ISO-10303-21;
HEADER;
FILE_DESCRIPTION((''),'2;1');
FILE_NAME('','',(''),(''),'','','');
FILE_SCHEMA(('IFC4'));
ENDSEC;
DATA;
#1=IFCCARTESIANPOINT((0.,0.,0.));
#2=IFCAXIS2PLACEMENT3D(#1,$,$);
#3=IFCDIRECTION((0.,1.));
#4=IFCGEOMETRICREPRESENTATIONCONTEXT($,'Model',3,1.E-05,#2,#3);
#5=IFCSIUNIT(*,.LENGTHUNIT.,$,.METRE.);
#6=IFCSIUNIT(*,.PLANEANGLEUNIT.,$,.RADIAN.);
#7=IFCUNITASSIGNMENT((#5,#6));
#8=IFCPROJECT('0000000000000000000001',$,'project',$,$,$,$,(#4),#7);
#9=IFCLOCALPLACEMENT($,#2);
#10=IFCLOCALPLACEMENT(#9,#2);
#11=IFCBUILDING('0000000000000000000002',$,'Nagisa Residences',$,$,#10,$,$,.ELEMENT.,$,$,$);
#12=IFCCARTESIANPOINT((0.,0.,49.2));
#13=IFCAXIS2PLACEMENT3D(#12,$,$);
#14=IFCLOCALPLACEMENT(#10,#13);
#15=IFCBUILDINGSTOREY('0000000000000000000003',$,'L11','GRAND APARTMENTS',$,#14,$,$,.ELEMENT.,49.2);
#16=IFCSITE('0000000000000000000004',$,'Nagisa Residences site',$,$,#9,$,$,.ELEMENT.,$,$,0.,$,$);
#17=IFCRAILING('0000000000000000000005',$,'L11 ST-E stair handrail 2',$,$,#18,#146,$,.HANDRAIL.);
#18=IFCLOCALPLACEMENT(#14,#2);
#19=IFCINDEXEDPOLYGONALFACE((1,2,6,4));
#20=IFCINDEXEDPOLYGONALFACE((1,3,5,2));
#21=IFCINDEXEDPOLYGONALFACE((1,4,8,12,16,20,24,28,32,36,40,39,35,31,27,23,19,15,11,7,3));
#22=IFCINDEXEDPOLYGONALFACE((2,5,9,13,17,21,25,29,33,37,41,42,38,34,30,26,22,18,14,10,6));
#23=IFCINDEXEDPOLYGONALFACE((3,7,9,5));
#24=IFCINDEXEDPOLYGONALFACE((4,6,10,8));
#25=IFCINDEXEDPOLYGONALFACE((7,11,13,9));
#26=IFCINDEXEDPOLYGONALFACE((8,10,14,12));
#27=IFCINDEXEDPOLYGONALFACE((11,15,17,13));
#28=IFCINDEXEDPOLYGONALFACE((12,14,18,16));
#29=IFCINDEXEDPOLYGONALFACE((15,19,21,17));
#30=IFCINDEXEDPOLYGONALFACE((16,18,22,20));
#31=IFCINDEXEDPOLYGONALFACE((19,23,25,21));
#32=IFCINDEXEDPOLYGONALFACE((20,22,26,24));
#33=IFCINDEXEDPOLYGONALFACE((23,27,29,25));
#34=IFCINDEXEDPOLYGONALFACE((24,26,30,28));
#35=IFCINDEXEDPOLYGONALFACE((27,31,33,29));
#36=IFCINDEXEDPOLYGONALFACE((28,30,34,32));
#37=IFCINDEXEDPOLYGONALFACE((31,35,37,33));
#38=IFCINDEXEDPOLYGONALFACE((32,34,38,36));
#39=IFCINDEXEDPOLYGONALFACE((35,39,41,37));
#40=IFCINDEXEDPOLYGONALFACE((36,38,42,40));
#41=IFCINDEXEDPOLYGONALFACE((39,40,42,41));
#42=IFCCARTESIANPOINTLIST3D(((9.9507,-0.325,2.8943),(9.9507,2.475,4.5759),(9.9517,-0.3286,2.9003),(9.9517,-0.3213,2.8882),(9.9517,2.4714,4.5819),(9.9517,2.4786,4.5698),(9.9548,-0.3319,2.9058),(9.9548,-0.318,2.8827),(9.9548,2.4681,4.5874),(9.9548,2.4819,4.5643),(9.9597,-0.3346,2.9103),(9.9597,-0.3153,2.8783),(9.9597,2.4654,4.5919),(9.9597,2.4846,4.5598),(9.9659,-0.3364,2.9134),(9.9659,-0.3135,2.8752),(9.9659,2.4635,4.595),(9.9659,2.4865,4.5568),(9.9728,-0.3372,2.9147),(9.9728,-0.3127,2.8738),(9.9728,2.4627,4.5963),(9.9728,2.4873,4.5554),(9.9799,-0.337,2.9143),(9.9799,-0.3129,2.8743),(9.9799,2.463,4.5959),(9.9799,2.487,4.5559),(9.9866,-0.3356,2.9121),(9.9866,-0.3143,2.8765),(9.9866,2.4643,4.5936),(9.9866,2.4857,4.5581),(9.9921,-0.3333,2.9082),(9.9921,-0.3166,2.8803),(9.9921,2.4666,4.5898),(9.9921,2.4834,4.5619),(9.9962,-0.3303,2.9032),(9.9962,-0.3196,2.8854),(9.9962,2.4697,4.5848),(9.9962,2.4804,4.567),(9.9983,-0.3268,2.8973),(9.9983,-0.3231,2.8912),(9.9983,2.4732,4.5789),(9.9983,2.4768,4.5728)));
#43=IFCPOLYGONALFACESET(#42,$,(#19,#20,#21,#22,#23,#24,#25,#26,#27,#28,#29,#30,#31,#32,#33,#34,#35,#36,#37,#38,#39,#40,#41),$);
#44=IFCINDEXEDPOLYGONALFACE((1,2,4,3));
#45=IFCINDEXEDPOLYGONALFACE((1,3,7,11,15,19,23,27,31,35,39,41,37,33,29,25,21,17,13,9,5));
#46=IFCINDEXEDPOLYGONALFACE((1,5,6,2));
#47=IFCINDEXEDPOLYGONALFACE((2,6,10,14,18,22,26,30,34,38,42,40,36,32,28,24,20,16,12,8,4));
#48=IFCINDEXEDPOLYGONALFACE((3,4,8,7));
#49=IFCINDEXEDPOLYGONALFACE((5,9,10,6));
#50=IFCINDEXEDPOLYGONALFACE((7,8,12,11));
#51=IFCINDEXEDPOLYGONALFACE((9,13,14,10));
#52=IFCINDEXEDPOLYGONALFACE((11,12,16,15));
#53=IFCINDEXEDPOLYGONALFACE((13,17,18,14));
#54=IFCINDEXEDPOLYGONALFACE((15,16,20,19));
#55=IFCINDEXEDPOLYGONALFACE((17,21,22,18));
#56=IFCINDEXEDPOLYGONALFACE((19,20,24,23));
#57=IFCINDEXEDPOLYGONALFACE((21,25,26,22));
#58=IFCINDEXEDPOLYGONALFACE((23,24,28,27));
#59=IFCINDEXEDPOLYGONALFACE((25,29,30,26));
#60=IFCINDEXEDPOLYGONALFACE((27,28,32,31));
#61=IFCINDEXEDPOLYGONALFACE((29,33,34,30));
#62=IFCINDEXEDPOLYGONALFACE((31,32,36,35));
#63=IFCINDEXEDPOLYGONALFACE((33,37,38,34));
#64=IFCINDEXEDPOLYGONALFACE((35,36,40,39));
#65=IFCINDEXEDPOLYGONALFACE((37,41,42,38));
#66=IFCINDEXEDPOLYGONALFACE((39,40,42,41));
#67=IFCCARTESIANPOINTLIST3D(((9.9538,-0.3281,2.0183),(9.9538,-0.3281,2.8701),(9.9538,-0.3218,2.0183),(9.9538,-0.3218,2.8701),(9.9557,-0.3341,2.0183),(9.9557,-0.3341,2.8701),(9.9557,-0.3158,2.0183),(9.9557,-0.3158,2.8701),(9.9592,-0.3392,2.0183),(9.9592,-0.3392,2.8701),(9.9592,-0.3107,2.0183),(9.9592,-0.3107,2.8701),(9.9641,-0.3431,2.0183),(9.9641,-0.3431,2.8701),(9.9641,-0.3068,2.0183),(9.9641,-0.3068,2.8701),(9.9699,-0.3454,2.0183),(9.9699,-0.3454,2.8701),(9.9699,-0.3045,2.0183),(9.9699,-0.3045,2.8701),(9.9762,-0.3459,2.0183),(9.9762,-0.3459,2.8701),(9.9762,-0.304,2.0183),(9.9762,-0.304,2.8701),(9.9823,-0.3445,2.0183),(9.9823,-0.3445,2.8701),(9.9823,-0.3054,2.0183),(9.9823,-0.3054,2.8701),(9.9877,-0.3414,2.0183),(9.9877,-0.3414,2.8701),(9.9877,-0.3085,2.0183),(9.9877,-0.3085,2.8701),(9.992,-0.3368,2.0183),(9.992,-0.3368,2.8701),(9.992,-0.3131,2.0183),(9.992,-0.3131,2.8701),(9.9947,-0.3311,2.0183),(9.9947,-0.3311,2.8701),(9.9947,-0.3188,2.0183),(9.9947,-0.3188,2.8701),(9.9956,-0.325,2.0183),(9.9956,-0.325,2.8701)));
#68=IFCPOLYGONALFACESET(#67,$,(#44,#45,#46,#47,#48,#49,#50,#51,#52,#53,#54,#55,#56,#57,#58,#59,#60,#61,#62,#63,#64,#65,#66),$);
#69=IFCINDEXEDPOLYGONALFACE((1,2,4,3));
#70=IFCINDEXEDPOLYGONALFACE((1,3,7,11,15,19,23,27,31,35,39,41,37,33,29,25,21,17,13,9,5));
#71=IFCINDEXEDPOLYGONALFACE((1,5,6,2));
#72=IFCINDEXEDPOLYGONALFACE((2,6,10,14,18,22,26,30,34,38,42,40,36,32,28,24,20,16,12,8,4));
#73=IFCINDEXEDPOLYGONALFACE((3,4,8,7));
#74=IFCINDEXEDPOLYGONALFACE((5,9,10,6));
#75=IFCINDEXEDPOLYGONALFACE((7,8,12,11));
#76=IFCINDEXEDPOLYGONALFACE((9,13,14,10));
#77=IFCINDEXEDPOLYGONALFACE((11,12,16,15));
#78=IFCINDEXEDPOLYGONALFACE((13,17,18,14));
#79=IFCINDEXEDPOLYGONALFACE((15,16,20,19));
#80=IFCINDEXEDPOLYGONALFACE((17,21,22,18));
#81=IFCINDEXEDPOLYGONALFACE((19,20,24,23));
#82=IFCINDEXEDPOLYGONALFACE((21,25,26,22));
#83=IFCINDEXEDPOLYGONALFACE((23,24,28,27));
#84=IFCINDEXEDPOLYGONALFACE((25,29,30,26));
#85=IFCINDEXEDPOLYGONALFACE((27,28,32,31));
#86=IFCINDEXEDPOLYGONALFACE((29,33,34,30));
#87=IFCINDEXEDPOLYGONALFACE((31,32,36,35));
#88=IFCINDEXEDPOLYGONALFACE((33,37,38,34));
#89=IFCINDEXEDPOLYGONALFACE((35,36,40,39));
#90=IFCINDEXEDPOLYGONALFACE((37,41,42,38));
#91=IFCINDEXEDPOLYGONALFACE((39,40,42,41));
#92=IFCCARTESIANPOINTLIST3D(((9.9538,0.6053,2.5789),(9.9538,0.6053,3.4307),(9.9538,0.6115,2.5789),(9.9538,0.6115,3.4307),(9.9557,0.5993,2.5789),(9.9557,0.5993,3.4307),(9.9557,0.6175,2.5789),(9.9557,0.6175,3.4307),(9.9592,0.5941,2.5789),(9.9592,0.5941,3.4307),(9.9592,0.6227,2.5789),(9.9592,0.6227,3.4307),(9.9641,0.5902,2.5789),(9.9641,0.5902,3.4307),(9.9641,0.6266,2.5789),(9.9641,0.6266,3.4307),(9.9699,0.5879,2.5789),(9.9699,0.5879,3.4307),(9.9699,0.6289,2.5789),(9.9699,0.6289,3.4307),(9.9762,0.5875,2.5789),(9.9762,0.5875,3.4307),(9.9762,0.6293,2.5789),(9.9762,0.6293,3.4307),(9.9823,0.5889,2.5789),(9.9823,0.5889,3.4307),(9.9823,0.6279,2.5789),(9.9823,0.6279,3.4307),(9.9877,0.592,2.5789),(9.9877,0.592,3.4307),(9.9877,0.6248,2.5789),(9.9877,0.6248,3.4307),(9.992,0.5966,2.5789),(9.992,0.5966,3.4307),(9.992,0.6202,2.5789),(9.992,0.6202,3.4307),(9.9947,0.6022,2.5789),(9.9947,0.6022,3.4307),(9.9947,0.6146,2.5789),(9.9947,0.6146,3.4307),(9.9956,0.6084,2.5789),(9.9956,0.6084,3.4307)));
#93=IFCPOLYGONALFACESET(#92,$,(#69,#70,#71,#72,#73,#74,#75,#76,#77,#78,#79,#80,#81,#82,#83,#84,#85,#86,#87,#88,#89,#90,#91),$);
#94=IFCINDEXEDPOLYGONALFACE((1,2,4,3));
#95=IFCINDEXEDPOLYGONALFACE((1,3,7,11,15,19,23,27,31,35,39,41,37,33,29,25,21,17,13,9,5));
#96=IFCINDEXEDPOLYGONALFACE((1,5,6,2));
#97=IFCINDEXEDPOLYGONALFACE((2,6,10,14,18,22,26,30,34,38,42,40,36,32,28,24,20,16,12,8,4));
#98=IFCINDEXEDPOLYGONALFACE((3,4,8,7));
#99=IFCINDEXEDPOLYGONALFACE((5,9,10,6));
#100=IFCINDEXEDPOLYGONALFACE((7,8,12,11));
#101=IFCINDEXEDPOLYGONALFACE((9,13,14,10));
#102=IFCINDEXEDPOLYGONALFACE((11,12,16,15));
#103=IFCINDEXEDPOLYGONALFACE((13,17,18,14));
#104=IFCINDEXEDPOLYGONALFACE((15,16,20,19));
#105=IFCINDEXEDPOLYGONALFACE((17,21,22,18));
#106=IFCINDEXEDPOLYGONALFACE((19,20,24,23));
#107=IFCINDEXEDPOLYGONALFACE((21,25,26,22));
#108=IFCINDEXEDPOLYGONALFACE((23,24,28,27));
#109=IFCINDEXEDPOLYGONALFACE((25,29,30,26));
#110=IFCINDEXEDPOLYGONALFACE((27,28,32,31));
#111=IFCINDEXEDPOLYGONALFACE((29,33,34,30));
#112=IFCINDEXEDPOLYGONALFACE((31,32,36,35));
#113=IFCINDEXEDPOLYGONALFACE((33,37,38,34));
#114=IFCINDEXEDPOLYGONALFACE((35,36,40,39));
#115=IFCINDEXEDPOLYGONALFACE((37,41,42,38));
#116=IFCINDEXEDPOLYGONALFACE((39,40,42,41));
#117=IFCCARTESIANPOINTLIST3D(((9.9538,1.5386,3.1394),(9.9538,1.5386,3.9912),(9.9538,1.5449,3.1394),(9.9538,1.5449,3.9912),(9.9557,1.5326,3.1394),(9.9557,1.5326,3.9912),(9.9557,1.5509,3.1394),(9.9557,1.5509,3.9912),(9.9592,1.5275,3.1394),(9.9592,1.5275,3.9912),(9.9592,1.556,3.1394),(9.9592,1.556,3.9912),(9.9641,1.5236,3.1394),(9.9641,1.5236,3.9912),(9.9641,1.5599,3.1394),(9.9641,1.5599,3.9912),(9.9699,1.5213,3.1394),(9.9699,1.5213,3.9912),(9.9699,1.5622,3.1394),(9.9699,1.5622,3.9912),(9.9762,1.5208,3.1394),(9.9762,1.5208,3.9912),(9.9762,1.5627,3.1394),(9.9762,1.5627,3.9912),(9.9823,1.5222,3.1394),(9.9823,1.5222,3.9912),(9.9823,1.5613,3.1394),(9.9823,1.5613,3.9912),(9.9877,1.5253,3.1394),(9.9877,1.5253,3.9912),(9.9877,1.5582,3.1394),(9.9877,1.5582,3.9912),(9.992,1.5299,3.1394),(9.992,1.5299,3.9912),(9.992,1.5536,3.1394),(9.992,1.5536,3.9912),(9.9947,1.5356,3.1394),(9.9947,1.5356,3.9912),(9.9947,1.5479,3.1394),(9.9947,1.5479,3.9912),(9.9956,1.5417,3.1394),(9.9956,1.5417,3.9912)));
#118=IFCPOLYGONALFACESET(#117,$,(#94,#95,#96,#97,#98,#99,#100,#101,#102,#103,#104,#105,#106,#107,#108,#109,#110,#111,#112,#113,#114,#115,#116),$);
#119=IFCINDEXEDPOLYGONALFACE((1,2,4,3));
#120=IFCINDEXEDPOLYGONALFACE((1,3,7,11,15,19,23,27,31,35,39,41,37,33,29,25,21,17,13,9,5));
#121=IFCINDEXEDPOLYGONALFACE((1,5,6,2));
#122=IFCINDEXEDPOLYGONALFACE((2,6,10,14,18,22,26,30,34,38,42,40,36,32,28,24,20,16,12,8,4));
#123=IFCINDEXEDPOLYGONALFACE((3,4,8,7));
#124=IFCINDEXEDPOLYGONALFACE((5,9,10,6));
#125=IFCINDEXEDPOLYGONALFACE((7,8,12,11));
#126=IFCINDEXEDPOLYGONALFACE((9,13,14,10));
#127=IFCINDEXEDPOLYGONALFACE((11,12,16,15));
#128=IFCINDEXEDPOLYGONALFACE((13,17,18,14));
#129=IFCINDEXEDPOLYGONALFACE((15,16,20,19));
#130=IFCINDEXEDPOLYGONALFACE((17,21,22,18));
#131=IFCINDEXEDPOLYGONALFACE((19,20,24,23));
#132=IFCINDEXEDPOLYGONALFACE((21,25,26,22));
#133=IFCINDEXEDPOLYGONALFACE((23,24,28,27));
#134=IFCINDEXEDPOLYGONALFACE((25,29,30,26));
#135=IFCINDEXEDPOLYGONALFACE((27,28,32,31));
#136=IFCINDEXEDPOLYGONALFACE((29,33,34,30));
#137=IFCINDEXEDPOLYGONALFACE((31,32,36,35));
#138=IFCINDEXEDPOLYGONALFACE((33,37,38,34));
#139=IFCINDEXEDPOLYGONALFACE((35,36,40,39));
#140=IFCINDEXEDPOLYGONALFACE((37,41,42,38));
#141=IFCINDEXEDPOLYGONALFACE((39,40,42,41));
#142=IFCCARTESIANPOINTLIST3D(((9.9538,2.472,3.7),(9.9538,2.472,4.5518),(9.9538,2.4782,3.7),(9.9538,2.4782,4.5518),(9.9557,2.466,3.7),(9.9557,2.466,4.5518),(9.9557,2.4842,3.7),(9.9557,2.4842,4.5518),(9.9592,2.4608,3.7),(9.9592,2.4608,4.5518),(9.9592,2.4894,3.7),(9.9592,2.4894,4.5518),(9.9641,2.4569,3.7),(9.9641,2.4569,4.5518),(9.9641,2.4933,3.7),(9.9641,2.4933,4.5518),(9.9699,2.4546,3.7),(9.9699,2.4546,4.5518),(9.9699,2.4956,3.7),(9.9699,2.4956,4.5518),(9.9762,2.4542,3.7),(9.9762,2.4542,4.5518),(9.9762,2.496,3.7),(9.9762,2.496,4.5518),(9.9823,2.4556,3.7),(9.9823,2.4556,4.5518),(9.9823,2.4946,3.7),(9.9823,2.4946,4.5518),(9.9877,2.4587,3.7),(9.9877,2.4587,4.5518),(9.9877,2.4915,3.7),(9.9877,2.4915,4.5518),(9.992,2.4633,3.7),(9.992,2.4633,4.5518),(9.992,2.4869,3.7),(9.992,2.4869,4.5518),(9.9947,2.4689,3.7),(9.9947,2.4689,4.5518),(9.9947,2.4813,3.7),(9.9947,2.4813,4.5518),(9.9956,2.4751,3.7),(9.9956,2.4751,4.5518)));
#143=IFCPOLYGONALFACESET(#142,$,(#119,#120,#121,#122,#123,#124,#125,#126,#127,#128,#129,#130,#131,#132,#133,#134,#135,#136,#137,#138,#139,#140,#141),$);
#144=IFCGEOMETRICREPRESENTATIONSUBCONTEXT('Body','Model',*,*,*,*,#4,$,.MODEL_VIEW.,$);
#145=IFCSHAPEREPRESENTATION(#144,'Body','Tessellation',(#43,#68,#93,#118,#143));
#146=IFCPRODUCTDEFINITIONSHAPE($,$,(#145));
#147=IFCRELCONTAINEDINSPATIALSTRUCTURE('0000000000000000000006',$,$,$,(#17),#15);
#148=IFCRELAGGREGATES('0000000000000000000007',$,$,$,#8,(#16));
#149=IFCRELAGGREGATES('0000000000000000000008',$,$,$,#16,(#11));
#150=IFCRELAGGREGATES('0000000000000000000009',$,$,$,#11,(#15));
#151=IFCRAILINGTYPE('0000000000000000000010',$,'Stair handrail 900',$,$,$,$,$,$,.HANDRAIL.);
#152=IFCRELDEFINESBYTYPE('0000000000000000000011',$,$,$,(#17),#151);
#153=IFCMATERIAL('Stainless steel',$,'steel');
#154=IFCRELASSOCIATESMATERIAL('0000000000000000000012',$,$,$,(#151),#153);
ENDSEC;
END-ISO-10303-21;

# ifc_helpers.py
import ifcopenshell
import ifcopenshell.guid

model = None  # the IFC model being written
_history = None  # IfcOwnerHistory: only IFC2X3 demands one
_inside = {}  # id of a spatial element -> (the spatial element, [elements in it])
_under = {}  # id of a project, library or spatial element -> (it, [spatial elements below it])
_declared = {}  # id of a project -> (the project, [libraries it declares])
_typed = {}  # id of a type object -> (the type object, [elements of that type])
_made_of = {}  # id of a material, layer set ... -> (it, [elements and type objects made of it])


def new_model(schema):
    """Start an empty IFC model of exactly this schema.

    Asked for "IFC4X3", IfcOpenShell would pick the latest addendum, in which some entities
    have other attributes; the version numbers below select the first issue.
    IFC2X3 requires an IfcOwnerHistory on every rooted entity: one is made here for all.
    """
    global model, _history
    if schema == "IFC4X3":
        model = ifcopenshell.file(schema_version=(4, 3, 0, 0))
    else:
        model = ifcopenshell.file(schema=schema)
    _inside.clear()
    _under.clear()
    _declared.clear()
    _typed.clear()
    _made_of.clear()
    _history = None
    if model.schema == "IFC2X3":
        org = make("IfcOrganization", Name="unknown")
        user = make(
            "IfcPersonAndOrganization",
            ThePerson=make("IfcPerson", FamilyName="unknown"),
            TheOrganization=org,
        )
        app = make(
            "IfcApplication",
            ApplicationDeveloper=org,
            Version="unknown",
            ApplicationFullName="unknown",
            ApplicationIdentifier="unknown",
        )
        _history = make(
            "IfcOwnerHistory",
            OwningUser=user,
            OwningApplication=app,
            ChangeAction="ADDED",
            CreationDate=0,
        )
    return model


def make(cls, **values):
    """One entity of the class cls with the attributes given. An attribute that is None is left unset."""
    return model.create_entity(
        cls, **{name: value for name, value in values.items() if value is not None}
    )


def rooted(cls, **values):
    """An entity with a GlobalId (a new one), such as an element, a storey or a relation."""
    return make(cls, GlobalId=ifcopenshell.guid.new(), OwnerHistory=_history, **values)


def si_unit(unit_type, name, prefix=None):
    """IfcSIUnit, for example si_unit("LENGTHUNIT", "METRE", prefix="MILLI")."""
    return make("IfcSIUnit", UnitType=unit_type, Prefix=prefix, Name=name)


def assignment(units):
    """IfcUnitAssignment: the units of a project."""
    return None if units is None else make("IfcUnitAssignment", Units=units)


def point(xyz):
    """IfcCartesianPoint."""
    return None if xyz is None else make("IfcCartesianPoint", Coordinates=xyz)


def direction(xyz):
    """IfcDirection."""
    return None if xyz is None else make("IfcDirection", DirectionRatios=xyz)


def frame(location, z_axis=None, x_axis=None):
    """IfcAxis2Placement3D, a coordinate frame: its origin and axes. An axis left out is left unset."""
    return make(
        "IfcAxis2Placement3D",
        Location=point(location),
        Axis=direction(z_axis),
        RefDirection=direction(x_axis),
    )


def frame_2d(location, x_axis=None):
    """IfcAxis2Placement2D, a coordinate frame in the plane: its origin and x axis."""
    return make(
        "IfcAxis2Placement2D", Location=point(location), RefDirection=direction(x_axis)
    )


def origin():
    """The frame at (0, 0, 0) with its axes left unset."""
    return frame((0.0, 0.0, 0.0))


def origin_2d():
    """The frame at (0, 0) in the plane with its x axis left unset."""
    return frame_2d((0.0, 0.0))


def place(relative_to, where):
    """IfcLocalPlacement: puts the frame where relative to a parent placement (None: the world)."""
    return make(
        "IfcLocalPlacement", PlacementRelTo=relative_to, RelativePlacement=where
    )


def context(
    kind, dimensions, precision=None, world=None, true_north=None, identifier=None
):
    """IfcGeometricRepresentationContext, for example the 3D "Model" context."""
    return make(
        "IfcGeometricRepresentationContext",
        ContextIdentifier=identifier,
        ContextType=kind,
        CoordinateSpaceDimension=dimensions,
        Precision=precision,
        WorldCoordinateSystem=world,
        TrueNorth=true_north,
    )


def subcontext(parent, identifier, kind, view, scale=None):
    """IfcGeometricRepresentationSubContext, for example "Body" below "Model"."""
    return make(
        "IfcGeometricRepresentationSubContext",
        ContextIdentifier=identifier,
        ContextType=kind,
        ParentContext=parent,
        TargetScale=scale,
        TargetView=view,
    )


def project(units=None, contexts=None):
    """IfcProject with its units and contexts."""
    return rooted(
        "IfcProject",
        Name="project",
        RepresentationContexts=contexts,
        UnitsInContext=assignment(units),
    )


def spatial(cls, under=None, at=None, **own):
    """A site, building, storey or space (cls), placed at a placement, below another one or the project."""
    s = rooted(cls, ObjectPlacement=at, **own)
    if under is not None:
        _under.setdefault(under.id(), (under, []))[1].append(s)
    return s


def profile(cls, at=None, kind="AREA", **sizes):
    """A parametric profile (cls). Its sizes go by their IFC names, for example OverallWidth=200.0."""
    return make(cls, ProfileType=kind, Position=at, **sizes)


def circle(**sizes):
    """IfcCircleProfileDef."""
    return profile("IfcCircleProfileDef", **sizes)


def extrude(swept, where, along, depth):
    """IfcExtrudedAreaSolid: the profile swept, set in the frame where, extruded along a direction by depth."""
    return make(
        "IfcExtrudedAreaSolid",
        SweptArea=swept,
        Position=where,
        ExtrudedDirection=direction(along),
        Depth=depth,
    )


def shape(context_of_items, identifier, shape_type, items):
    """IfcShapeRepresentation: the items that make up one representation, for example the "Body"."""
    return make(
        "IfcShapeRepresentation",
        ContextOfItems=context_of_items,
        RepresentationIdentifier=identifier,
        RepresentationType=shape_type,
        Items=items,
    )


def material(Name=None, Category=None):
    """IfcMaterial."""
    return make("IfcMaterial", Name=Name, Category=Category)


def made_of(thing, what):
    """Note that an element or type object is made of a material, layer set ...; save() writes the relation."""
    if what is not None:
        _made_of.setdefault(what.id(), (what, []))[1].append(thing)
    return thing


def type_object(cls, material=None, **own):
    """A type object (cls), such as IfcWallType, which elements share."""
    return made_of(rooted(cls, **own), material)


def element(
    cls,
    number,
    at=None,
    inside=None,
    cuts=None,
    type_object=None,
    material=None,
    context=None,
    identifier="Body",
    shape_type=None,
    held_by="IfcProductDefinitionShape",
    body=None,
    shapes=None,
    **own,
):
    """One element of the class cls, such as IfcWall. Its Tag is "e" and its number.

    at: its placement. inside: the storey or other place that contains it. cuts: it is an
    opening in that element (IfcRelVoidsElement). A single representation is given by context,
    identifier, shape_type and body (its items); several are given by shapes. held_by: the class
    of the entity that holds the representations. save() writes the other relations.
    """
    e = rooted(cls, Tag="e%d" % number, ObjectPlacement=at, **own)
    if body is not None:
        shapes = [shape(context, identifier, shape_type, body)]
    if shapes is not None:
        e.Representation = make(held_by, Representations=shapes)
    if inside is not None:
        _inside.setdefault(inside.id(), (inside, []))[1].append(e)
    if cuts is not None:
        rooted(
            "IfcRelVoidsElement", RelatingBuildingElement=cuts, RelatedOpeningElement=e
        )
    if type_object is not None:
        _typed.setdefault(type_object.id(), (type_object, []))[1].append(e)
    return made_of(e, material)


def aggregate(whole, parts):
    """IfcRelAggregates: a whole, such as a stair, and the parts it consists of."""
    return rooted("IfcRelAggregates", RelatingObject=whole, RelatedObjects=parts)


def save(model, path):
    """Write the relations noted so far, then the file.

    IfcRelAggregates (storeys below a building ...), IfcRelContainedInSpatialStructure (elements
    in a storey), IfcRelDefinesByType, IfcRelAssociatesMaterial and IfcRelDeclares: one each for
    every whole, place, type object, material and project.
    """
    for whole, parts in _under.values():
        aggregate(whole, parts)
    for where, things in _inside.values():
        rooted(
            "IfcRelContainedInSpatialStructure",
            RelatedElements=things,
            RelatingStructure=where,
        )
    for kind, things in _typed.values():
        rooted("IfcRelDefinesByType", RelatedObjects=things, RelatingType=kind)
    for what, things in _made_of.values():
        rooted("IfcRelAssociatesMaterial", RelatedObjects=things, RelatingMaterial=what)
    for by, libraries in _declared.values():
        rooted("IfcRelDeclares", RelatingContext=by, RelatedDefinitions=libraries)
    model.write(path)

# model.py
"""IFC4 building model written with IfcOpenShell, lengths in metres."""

from ifc_helpers import new_model, si_unit, direction, frame, origin, origin_2d, place, context, subcontext, project, spatial, circle, extrude, material, type_object, element, save


model = new_model("IFC4")

# Units and contexts
model_context = context("Model", 3, precision=1e-05, world=origin(), true_north=direction((0.0, 1.0)))
body_context = subcontext(model_context, "Body", "Model", "MODEL_VIEW")
ifc_project = project(units=[si_unit("LENGTHUNIT", "METRE"), si_unit("PLANEANGLEUNIT", "RADIAN")], contexts=[model_context])

# Site, building, storey
site_placement = place(None, origin())
site = spatial("IfcSite", under=ifc_project, at=site_placement, Name="Nagisa Residences site", CompositionType="ELEMENT", RefElevation=0.0)
building_placement = place(site_placement, origin())
building = spatial("IfcBuilding", under=site, at=building_placement, Name="Nagisa Residences", CompositionType="ELEMENT")
storey_placement = place(building_placement, frame((0.0, 0.0, 49.2)))
storey = spatial("IfcBuildingStorey", under=building, at=storey_placement, Name="L11", Description="GRAND APARTMENTS", CompositionType="ELEMENT", Elevation=49.2)

# Railing
ifc_material_1 = material(Name="Stainless steel", Category="steel")
railing_type_1 = type_object("IfcRailingType", Name="Stair handrail 900", PredefinedType="HANDRAIL", material=ifc_material_1)
railing_1_placement = place(storey_placement, frame((9.9746, -0.325, 2.0183)))
element("IfcRailing", 1, at=railing_1_placement, inside=storey, type_object=railing_type_1, Name="L11 ST-E stair handrail 2", PredefinedType="HANDRAIL", context=body_context, shape_type="SweptSolid", body=[
    extrude(circle(Radius=0.0239, at=origin_2d()), frame((0.0, 0.0, 0.876), z_axis=(0.0, 0.857275, 0.514858), x_axis=(-1.0, 0.0, 0.0)), (0.0, 0.0, 1.0), 3.2661),
    extrude(circle(Radius=0.021, at=origin_2d()), origin(), (0.0, 0.0, 1.0), 0.8518),
    extrude(circle(Radius=0.021, at=origin_2d()), frame((0.0, 0.9333, 0.5605)), (0.0, 0.0, 1.0), 0.8518),
    extrude(circle(Radius=0.021, at=origin_2d()), frame((0.0, 1.8667, 1.1211)), (0.0, 0.0, 1.0), 0.8518),
    extrude(circle(Radius=0.021, at=origin_2d()), frame((0.0, 2.8, 1.6816)), (0.0, 0.0, 1.0), 0.8518),
])

save(model, "model.ifc")
